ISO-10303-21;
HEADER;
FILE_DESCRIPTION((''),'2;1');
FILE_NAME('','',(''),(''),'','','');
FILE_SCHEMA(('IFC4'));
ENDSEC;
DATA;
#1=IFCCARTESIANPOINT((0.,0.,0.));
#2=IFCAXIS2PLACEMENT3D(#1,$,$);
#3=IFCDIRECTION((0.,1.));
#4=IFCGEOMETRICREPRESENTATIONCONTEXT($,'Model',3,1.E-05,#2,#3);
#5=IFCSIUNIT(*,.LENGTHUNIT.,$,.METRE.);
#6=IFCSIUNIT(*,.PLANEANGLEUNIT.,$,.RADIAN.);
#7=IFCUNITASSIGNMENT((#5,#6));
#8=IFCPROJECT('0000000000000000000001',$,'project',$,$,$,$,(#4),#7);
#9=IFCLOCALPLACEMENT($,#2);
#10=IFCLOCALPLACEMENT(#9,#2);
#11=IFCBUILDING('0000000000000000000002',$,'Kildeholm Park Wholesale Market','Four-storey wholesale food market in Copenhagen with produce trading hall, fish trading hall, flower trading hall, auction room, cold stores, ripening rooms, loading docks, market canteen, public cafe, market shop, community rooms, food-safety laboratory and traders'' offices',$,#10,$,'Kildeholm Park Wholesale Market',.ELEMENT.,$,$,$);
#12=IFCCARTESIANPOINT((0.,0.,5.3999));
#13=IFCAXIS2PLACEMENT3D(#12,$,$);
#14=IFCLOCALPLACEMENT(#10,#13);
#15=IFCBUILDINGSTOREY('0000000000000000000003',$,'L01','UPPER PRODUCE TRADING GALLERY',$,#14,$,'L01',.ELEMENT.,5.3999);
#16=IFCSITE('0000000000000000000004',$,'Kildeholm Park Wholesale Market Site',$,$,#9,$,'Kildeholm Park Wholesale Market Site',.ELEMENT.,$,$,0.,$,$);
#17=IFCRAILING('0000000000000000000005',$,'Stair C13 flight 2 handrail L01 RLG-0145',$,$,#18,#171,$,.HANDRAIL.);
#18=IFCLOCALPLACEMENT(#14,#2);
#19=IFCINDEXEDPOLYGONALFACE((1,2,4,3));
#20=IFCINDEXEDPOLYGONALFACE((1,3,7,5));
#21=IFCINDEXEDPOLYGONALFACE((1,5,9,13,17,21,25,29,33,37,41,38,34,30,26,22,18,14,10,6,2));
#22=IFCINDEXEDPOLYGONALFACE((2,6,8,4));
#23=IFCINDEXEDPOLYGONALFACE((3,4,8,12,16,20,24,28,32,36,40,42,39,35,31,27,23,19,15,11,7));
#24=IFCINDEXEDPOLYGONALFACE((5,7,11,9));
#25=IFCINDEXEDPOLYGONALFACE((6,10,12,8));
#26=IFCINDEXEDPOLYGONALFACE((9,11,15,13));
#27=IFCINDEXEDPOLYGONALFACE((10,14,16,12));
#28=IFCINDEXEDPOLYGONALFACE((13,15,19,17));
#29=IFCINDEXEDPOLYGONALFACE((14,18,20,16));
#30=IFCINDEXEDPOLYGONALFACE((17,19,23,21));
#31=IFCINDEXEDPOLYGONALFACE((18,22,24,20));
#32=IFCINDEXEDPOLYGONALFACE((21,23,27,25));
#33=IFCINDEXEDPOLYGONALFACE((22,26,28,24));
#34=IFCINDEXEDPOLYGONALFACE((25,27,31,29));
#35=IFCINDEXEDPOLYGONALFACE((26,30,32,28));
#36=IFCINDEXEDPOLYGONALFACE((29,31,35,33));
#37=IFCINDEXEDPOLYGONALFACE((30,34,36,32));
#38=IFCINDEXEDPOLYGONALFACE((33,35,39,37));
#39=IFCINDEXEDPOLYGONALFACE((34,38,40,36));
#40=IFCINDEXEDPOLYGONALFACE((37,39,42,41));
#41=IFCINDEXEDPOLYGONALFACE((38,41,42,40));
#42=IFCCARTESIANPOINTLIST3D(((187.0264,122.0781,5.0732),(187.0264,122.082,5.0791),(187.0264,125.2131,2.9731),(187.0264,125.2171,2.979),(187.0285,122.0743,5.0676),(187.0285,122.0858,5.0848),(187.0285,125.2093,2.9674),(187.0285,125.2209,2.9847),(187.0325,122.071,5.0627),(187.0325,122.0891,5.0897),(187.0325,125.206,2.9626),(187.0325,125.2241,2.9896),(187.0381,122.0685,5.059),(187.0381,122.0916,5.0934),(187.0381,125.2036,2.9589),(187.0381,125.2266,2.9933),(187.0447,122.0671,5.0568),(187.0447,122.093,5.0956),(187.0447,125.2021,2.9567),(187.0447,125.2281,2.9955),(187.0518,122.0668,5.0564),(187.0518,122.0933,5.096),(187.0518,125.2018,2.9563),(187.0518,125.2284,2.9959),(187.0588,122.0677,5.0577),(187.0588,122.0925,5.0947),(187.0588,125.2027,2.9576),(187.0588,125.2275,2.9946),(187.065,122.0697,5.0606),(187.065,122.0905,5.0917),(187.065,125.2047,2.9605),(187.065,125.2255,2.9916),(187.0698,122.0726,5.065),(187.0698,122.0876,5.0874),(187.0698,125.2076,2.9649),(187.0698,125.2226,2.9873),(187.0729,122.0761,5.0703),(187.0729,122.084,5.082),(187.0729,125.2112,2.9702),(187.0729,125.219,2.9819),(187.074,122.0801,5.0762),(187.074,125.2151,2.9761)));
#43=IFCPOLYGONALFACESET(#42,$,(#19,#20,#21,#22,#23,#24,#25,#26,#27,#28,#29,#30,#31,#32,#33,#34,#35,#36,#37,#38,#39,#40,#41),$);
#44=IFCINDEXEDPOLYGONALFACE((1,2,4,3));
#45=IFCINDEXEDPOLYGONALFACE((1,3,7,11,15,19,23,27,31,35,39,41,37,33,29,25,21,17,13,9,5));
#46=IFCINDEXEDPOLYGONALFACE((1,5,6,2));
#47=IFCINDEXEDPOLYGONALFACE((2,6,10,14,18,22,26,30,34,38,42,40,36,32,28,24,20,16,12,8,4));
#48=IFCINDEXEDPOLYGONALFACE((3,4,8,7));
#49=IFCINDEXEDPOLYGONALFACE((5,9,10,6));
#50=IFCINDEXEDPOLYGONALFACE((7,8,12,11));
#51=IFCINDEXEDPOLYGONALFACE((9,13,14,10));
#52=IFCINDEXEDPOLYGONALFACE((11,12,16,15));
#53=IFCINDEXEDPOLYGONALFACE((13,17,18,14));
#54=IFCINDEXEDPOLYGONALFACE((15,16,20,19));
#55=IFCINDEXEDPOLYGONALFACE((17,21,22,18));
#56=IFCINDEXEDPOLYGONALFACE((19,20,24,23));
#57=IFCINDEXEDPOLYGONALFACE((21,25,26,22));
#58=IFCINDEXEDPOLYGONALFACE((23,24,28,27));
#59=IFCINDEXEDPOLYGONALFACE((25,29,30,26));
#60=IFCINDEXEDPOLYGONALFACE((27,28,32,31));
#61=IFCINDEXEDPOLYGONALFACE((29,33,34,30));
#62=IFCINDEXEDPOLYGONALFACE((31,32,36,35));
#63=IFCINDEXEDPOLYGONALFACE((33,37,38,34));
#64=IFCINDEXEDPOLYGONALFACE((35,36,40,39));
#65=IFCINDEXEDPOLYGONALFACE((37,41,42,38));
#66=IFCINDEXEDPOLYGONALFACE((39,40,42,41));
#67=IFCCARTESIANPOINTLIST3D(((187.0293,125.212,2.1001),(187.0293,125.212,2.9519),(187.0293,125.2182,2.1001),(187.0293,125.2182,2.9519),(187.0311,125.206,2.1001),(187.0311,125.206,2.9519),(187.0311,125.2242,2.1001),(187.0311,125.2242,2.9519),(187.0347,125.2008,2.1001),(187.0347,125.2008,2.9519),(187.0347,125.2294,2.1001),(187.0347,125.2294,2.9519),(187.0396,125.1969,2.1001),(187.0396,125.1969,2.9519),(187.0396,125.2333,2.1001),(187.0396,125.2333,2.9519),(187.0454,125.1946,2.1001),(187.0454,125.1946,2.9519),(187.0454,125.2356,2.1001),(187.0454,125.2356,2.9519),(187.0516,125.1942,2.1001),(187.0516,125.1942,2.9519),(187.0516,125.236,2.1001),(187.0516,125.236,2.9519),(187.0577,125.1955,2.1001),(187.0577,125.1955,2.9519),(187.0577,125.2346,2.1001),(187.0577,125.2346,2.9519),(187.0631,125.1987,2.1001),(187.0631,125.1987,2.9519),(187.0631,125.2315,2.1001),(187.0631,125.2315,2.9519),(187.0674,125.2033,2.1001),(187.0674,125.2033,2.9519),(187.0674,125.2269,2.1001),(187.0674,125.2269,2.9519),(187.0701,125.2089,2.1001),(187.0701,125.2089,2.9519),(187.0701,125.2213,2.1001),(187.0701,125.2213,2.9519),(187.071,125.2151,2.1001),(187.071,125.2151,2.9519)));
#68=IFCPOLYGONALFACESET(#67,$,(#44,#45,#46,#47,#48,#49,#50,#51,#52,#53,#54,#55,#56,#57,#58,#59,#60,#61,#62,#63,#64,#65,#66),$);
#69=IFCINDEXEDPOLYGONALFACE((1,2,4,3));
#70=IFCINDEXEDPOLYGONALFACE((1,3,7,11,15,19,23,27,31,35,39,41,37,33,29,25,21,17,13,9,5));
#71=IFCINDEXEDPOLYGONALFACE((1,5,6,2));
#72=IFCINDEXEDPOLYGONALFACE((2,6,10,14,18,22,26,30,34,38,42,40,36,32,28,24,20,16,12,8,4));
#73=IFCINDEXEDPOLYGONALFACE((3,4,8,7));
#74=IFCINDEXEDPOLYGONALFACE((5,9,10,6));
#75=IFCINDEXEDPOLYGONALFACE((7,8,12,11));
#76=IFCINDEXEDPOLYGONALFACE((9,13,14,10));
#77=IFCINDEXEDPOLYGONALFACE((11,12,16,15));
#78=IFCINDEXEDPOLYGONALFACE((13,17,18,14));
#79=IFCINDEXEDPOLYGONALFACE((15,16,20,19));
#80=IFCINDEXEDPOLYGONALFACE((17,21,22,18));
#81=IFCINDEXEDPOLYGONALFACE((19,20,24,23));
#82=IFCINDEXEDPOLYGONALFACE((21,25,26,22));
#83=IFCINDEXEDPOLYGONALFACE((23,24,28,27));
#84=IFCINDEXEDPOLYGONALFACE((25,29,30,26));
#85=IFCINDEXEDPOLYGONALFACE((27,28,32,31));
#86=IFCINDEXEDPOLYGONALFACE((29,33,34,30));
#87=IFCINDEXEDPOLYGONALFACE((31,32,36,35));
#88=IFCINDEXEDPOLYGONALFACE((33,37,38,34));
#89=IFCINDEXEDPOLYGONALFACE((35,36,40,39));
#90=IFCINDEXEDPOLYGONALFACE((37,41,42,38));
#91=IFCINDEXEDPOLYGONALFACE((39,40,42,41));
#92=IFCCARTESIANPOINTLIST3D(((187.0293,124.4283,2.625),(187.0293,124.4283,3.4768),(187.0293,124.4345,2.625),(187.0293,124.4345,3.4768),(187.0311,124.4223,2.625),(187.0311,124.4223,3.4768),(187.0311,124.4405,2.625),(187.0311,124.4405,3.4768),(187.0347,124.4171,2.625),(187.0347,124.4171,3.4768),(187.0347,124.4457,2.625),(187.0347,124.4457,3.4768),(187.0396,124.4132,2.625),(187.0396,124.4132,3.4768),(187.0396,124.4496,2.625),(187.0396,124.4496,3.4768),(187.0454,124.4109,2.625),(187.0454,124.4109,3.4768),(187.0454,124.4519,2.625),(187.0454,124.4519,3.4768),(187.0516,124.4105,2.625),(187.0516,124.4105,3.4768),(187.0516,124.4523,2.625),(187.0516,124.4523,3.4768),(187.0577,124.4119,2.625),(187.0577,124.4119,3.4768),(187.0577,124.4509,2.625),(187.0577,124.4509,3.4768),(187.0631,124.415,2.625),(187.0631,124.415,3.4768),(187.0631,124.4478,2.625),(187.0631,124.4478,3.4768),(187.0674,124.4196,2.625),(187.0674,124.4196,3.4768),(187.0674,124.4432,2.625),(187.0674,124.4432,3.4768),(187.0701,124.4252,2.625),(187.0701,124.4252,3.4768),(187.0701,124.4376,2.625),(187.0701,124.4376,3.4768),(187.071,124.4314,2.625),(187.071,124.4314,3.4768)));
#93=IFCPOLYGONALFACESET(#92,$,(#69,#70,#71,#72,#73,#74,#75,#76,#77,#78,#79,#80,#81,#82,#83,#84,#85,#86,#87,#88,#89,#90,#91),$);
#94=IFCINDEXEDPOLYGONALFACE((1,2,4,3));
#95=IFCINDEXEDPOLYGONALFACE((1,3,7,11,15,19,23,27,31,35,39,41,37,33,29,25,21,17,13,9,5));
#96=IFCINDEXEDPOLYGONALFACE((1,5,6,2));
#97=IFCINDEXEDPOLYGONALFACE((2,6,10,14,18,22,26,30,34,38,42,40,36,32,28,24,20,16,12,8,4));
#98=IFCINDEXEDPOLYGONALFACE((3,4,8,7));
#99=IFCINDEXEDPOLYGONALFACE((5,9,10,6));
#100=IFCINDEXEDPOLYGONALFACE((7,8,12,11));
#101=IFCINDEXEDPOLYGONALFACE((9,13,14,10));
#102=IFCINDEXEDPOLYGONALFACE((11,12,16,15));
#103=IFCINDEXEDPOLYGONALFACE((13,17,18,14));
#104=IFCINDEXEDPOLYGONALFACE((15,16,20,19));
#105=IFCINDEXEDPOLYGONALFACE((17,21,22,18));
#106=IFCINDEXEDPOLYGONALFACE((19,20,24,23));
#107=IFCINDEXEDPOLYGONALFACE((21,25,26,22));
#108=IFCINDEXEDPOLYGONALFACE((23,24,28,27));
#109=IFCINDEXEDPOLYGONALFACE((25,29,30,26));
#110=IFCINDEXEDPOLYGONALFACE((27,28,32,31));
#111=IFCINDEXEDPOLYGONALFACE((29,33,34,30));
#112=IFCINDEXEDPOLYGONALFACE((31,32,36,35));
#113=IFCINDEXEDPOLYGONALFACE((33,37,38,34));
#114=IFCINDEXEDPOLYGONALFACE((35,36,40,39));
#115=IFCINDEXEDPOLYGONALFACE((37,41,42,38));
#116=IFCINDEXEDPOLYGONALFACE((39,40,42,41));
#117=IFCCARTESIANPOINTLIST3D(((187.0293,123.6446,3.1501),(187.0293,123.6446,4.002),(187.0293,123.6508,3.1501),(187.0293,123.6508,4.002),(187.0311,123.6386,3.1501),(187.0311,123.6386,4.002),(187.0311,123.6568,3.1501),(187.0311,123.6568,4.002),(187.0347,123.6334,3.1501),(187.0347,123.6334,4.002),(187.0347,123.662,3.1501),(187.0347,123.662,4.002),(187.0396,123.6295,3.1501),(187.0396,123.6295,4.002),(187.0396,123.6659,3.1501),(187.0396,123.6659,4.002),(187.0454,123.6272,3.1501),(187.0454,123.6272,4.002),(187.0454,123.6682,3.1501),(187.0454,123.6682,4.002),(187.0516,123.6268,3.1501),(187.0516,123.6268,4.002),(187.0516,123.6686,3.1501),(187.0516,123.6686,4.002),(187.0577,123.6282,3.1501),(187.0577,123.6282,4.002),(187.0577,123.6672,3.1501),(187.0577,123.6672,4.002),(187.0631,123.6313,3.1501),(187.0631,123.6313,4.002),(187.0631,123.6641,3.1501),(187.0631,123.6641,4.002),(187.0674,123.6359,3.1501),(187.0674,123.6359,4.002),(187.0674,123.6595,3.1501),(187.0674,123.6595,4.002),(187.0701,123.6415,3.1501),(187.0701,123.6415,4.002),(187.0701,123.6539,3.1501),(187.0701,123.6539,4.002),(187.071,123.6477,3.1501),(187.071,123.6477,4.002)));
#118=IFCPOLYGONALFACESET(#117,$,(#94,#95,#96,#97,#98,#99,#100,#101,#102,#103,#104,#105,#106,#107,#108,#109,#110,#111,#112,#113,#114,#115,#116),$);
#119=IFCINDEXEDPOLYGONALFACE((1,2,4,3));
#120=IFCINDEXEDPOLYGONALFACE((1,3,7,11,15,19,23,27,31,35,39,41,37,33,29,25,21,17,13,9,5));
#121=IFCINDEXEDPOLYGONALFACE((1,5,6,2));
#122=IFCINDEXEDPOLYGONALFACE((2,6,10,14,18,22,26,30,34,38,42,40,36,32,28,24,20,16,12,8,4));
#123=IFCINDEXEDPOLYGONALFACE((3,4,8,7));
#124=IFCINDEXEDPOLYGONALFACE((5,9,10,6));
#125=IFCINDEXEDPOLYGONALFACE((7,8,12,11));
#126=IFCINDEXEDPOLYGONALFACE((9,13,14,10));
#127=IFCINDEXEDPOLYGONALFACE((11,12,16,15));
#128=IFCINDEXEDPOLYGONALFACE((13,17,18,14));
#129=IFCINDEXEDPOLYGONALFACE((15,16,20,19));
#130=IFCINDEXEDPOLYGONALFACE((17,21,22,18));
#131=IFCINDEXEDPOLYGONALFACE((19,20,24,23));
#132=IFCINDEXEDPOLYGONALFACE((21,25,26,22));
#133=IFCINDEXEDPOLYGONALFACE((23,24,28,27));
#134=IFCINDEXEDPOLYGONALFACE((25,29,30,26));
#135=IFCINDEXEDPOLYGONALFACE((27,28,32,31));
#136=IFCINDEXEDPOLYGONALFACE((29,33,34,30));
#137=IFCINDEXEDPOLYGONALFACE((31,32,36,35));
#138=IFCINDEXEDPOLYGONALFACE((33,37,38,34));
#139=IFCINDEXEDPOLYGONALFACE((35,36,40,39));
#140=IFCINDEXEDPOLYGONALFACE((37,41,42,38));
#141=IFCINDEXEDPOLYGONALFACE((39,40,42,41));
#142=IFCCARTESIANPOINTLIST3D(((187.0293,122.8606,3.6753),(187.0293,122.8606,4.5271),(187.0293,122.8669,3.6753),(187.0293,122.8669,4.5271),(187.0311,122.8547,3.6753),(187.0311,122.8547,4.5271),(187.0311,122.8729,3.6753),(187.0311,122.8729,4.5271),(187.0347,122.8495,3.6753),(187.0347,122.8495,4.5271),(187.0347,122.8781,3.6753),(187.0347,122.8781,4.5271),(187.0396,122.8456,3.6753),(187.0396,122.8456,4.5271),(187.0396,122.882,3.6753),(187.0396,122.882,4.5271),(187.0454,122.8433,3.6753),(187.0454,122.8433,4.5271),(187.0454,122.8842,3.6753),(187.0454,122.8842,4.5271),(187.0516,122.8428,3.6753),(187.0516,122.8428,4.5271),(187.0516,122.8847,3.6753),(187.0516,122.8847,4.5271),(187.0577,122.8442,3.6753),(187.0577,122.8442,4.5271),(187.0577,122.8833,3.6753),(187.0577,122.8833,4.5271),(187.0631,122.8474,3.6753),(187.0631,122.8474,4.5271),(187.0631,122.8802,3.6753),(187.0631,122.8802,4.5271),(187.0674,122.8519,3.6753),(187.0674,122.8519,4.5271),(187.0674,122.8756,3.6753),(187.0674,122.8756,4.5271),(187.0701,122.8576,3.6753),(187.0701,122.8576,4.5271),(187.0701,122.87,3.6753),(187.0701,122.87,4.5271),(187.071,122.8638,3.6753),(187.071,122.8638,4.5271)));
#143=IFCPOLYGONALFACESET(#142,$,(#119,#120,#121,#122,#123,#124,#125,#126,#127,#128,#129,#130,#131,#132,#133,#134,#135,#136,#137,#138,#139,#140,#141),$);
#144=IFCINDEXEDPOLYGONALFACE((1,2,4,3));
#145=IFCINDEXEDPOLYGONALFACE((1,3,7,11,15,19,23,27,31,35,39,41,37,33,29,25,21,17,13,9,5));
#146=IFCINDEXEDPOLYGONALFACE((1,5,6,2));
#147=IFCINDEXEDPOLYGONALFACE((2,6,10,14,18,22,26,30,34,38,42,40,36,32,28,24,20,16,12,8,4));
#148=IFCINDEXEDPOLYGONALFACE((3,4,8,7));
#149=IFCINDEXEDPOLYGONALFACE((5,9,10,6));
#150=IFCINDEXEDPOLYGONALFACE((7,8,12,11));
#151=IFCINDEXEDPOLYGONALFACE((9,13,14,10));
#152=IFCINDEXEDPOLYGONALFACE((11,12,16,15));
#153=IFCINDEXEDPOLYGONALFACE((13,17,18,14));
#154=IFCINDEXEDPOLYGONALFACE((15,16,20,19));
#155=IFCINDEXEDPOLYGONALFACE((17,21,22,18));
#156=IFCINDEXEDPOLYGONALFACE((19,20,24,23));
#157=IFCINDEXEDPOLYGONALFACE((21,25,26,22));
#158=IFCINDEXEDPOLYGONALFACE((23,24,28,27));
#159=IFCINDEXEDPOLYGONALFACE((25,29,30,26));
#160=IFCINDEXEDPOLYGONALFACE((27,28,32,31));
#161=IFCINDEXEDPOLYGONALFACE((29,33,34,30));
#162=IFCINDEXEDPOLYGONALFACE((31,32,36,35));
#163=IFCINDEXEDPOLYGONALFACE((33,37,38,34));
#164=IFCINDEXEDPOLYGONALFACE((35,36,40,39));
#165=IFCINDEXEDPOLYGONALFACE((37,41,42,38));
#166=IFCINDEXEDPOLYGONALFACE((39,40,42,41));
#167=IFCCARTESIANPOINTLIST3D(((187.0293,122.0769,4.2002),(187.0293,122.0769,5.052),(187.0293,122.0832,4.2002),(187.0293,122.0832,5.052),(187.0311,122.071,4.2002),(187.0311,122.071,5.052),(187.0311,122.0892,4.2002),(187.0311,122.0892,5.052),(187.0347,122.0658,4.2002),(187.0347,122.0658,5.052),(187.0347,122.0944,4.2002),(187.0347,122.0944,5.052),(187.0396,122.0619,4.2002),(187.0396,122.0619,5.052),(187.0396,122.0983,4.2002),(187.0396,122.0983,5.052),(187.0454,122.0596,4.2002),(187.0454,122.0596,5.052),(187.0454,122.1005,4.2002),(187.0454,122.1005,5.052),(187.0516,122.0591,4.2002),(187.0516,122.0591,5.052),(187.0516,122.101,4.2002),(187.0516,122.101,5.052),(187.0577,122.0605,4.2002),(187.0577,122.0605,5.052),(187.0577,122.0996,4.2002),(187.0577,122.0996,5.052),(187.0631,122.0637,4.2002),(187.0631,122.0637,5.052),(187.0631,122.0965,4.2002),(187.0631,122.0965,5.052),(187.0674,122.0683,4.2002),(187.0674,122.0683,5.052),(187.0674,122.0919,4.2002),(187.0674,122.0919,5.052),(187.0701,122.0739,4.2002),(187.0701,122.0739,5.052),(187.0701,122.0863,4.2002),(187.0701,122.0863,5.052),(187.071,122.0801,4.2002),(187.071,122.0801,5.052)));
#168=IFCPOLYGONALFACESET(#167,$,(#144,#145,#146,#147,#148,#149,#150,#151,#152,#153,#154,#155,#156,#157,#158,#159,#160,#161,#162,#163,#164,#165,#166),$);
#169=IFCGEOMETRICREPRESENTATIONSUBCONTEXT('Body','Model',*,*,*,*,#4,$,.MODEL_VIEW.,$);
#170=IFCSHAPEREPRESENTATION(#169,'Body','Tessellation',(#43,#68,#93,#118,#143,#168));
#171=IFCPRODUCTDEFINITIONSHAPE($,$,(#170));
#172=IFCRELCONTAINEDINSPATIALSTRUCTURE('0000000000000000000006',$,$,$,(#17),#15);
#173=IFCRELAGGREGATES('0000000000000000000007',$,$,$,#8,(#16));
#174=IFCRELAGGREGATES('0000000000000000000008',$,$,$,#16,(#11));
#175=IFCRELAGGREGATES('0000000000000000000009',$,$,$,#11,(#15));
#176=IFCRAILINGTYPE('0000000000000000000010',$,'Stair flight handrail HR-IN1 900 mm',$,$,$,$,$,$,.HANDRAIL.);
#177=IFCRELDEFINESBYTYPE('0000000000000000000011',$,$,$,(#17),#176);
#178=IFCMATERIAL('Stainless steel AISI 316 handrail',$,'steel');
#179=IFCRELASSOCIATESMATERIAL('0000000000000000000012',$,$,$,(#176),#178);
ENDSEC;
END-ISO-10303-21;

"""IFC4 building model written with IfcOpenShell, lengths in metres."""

from ifc_helpers import new_model, si_unit, direction, frame, origin, origin_2d, place, context, subcontext, project, spatial, circle, extrude, material, type_object, element, save


model = new_model("IFC4")

# Units and contexts
model_context = context("Model", 3, precision=1e-05, world=origin(), true_north=direction((0.0, 1.0)))
body_context = subcontext(model_context, "Body", "Model", "MODEL_VIEW")
ifc_project = project(units=[si_unit("LENGTHUNIT", "METRE"), si_unit("PLANEANGLEUNIT", "RADIAN")], contexts=[model_context])

# Site, building, storey
site_placement = place(None, origin())
site = spatial("IfcSite", under=ifc_project, at=site_placement, Name="Kildeholm Park Wholesale Market Site", LongName="Kildeholm Park Wholesale Market Site", CompositionType="ELEMENT", RefElevation=0.0)
building_placement = place(site_placement, origin())
building = spatial("IfcBuilding", under=site, at=building_placement, Name="Kildeholm Park Wholesale Market", Description="Four-storey wholesale food market in Copenhagen with produce trading hall, fish trading hall, flower trading hall, auction room, cold stores, ripening rooms, loading docks, market canteen, public cafe, market shop, community rooms, food-safety laboratory and traders' offices", LongName="Kildeholm Park Wholesale Market", CompositionType="ELEMENT")
storey_placement = place(building_placement, frame((0.0, 0.0, 5.3999)))
storey = spatial("IfcBuildingStorey", under=building, at=storey_placement, Name="L01", Description="UPPER PRODUCE TRADING GALLERY", LongName="L01", CompositionType="ELEMENT", Elevation=5.3999)

# Railing
ifc_material_1 = material(Name="Stainless steel AISI 316 handrail", Category="steel")
railing_type_1 = type_object("IfcRailingType", Name="Stair flight handrail HR-IN1 900 mm", PredefinedType="HANDRAIL", material=ifc_material_1)
railing_1_placement = place(storey_placement, frame((187.05, 125.2151, 2.1001)))
element("IfcRailing", 1, at=railing_1_placement, inside=storey, type_object=railing_type_1, Name="Stair C13 flight 2 handrail L01 RLG-0145", PredefinedType="HANDRAIL", context=body_context, shape_type="SweptSolid", body=[
    extrude(circle(Radius=0.0239, at=origin_2d()), frame((0.0, 0.0, 0.876), z_axis=(0.0, -0.830814, 0.55655), x_axis=(1.0, 0.0, 0.0)), (0.0, 0.0, 1.0), 3.7734),
    extrude(circle(Radius=0.021, at=origin_2d()), origin(), (0.0, 0.0, 1.0), 0.8518),
    extrude(circle(Radius=0.021, at=origin_2d()), frame((0.0, -0.7837, 0.5249)), (0.0, 0.0, 1.0), 0.8518),
    extrude(circle(Radius=0.021, at=origin_2d()), frame((0.0, -1.5674, 1.05)), (0.0, 0.0, 1.0), 0.8518),
    extrude(circle(Radius=0.021, at=origin_2d()), frame((0.0, -2.3513, 1.5752)), (0.0, 0.0, 1.0), 0.8518),
    extrude(circle(Radius=0.021, at=origin_2d()), frame((0.0, -3.135, 2.1001)), (0.0, 0.0, 1.0), 0.8518),
])

save(model, "model.ifc")
